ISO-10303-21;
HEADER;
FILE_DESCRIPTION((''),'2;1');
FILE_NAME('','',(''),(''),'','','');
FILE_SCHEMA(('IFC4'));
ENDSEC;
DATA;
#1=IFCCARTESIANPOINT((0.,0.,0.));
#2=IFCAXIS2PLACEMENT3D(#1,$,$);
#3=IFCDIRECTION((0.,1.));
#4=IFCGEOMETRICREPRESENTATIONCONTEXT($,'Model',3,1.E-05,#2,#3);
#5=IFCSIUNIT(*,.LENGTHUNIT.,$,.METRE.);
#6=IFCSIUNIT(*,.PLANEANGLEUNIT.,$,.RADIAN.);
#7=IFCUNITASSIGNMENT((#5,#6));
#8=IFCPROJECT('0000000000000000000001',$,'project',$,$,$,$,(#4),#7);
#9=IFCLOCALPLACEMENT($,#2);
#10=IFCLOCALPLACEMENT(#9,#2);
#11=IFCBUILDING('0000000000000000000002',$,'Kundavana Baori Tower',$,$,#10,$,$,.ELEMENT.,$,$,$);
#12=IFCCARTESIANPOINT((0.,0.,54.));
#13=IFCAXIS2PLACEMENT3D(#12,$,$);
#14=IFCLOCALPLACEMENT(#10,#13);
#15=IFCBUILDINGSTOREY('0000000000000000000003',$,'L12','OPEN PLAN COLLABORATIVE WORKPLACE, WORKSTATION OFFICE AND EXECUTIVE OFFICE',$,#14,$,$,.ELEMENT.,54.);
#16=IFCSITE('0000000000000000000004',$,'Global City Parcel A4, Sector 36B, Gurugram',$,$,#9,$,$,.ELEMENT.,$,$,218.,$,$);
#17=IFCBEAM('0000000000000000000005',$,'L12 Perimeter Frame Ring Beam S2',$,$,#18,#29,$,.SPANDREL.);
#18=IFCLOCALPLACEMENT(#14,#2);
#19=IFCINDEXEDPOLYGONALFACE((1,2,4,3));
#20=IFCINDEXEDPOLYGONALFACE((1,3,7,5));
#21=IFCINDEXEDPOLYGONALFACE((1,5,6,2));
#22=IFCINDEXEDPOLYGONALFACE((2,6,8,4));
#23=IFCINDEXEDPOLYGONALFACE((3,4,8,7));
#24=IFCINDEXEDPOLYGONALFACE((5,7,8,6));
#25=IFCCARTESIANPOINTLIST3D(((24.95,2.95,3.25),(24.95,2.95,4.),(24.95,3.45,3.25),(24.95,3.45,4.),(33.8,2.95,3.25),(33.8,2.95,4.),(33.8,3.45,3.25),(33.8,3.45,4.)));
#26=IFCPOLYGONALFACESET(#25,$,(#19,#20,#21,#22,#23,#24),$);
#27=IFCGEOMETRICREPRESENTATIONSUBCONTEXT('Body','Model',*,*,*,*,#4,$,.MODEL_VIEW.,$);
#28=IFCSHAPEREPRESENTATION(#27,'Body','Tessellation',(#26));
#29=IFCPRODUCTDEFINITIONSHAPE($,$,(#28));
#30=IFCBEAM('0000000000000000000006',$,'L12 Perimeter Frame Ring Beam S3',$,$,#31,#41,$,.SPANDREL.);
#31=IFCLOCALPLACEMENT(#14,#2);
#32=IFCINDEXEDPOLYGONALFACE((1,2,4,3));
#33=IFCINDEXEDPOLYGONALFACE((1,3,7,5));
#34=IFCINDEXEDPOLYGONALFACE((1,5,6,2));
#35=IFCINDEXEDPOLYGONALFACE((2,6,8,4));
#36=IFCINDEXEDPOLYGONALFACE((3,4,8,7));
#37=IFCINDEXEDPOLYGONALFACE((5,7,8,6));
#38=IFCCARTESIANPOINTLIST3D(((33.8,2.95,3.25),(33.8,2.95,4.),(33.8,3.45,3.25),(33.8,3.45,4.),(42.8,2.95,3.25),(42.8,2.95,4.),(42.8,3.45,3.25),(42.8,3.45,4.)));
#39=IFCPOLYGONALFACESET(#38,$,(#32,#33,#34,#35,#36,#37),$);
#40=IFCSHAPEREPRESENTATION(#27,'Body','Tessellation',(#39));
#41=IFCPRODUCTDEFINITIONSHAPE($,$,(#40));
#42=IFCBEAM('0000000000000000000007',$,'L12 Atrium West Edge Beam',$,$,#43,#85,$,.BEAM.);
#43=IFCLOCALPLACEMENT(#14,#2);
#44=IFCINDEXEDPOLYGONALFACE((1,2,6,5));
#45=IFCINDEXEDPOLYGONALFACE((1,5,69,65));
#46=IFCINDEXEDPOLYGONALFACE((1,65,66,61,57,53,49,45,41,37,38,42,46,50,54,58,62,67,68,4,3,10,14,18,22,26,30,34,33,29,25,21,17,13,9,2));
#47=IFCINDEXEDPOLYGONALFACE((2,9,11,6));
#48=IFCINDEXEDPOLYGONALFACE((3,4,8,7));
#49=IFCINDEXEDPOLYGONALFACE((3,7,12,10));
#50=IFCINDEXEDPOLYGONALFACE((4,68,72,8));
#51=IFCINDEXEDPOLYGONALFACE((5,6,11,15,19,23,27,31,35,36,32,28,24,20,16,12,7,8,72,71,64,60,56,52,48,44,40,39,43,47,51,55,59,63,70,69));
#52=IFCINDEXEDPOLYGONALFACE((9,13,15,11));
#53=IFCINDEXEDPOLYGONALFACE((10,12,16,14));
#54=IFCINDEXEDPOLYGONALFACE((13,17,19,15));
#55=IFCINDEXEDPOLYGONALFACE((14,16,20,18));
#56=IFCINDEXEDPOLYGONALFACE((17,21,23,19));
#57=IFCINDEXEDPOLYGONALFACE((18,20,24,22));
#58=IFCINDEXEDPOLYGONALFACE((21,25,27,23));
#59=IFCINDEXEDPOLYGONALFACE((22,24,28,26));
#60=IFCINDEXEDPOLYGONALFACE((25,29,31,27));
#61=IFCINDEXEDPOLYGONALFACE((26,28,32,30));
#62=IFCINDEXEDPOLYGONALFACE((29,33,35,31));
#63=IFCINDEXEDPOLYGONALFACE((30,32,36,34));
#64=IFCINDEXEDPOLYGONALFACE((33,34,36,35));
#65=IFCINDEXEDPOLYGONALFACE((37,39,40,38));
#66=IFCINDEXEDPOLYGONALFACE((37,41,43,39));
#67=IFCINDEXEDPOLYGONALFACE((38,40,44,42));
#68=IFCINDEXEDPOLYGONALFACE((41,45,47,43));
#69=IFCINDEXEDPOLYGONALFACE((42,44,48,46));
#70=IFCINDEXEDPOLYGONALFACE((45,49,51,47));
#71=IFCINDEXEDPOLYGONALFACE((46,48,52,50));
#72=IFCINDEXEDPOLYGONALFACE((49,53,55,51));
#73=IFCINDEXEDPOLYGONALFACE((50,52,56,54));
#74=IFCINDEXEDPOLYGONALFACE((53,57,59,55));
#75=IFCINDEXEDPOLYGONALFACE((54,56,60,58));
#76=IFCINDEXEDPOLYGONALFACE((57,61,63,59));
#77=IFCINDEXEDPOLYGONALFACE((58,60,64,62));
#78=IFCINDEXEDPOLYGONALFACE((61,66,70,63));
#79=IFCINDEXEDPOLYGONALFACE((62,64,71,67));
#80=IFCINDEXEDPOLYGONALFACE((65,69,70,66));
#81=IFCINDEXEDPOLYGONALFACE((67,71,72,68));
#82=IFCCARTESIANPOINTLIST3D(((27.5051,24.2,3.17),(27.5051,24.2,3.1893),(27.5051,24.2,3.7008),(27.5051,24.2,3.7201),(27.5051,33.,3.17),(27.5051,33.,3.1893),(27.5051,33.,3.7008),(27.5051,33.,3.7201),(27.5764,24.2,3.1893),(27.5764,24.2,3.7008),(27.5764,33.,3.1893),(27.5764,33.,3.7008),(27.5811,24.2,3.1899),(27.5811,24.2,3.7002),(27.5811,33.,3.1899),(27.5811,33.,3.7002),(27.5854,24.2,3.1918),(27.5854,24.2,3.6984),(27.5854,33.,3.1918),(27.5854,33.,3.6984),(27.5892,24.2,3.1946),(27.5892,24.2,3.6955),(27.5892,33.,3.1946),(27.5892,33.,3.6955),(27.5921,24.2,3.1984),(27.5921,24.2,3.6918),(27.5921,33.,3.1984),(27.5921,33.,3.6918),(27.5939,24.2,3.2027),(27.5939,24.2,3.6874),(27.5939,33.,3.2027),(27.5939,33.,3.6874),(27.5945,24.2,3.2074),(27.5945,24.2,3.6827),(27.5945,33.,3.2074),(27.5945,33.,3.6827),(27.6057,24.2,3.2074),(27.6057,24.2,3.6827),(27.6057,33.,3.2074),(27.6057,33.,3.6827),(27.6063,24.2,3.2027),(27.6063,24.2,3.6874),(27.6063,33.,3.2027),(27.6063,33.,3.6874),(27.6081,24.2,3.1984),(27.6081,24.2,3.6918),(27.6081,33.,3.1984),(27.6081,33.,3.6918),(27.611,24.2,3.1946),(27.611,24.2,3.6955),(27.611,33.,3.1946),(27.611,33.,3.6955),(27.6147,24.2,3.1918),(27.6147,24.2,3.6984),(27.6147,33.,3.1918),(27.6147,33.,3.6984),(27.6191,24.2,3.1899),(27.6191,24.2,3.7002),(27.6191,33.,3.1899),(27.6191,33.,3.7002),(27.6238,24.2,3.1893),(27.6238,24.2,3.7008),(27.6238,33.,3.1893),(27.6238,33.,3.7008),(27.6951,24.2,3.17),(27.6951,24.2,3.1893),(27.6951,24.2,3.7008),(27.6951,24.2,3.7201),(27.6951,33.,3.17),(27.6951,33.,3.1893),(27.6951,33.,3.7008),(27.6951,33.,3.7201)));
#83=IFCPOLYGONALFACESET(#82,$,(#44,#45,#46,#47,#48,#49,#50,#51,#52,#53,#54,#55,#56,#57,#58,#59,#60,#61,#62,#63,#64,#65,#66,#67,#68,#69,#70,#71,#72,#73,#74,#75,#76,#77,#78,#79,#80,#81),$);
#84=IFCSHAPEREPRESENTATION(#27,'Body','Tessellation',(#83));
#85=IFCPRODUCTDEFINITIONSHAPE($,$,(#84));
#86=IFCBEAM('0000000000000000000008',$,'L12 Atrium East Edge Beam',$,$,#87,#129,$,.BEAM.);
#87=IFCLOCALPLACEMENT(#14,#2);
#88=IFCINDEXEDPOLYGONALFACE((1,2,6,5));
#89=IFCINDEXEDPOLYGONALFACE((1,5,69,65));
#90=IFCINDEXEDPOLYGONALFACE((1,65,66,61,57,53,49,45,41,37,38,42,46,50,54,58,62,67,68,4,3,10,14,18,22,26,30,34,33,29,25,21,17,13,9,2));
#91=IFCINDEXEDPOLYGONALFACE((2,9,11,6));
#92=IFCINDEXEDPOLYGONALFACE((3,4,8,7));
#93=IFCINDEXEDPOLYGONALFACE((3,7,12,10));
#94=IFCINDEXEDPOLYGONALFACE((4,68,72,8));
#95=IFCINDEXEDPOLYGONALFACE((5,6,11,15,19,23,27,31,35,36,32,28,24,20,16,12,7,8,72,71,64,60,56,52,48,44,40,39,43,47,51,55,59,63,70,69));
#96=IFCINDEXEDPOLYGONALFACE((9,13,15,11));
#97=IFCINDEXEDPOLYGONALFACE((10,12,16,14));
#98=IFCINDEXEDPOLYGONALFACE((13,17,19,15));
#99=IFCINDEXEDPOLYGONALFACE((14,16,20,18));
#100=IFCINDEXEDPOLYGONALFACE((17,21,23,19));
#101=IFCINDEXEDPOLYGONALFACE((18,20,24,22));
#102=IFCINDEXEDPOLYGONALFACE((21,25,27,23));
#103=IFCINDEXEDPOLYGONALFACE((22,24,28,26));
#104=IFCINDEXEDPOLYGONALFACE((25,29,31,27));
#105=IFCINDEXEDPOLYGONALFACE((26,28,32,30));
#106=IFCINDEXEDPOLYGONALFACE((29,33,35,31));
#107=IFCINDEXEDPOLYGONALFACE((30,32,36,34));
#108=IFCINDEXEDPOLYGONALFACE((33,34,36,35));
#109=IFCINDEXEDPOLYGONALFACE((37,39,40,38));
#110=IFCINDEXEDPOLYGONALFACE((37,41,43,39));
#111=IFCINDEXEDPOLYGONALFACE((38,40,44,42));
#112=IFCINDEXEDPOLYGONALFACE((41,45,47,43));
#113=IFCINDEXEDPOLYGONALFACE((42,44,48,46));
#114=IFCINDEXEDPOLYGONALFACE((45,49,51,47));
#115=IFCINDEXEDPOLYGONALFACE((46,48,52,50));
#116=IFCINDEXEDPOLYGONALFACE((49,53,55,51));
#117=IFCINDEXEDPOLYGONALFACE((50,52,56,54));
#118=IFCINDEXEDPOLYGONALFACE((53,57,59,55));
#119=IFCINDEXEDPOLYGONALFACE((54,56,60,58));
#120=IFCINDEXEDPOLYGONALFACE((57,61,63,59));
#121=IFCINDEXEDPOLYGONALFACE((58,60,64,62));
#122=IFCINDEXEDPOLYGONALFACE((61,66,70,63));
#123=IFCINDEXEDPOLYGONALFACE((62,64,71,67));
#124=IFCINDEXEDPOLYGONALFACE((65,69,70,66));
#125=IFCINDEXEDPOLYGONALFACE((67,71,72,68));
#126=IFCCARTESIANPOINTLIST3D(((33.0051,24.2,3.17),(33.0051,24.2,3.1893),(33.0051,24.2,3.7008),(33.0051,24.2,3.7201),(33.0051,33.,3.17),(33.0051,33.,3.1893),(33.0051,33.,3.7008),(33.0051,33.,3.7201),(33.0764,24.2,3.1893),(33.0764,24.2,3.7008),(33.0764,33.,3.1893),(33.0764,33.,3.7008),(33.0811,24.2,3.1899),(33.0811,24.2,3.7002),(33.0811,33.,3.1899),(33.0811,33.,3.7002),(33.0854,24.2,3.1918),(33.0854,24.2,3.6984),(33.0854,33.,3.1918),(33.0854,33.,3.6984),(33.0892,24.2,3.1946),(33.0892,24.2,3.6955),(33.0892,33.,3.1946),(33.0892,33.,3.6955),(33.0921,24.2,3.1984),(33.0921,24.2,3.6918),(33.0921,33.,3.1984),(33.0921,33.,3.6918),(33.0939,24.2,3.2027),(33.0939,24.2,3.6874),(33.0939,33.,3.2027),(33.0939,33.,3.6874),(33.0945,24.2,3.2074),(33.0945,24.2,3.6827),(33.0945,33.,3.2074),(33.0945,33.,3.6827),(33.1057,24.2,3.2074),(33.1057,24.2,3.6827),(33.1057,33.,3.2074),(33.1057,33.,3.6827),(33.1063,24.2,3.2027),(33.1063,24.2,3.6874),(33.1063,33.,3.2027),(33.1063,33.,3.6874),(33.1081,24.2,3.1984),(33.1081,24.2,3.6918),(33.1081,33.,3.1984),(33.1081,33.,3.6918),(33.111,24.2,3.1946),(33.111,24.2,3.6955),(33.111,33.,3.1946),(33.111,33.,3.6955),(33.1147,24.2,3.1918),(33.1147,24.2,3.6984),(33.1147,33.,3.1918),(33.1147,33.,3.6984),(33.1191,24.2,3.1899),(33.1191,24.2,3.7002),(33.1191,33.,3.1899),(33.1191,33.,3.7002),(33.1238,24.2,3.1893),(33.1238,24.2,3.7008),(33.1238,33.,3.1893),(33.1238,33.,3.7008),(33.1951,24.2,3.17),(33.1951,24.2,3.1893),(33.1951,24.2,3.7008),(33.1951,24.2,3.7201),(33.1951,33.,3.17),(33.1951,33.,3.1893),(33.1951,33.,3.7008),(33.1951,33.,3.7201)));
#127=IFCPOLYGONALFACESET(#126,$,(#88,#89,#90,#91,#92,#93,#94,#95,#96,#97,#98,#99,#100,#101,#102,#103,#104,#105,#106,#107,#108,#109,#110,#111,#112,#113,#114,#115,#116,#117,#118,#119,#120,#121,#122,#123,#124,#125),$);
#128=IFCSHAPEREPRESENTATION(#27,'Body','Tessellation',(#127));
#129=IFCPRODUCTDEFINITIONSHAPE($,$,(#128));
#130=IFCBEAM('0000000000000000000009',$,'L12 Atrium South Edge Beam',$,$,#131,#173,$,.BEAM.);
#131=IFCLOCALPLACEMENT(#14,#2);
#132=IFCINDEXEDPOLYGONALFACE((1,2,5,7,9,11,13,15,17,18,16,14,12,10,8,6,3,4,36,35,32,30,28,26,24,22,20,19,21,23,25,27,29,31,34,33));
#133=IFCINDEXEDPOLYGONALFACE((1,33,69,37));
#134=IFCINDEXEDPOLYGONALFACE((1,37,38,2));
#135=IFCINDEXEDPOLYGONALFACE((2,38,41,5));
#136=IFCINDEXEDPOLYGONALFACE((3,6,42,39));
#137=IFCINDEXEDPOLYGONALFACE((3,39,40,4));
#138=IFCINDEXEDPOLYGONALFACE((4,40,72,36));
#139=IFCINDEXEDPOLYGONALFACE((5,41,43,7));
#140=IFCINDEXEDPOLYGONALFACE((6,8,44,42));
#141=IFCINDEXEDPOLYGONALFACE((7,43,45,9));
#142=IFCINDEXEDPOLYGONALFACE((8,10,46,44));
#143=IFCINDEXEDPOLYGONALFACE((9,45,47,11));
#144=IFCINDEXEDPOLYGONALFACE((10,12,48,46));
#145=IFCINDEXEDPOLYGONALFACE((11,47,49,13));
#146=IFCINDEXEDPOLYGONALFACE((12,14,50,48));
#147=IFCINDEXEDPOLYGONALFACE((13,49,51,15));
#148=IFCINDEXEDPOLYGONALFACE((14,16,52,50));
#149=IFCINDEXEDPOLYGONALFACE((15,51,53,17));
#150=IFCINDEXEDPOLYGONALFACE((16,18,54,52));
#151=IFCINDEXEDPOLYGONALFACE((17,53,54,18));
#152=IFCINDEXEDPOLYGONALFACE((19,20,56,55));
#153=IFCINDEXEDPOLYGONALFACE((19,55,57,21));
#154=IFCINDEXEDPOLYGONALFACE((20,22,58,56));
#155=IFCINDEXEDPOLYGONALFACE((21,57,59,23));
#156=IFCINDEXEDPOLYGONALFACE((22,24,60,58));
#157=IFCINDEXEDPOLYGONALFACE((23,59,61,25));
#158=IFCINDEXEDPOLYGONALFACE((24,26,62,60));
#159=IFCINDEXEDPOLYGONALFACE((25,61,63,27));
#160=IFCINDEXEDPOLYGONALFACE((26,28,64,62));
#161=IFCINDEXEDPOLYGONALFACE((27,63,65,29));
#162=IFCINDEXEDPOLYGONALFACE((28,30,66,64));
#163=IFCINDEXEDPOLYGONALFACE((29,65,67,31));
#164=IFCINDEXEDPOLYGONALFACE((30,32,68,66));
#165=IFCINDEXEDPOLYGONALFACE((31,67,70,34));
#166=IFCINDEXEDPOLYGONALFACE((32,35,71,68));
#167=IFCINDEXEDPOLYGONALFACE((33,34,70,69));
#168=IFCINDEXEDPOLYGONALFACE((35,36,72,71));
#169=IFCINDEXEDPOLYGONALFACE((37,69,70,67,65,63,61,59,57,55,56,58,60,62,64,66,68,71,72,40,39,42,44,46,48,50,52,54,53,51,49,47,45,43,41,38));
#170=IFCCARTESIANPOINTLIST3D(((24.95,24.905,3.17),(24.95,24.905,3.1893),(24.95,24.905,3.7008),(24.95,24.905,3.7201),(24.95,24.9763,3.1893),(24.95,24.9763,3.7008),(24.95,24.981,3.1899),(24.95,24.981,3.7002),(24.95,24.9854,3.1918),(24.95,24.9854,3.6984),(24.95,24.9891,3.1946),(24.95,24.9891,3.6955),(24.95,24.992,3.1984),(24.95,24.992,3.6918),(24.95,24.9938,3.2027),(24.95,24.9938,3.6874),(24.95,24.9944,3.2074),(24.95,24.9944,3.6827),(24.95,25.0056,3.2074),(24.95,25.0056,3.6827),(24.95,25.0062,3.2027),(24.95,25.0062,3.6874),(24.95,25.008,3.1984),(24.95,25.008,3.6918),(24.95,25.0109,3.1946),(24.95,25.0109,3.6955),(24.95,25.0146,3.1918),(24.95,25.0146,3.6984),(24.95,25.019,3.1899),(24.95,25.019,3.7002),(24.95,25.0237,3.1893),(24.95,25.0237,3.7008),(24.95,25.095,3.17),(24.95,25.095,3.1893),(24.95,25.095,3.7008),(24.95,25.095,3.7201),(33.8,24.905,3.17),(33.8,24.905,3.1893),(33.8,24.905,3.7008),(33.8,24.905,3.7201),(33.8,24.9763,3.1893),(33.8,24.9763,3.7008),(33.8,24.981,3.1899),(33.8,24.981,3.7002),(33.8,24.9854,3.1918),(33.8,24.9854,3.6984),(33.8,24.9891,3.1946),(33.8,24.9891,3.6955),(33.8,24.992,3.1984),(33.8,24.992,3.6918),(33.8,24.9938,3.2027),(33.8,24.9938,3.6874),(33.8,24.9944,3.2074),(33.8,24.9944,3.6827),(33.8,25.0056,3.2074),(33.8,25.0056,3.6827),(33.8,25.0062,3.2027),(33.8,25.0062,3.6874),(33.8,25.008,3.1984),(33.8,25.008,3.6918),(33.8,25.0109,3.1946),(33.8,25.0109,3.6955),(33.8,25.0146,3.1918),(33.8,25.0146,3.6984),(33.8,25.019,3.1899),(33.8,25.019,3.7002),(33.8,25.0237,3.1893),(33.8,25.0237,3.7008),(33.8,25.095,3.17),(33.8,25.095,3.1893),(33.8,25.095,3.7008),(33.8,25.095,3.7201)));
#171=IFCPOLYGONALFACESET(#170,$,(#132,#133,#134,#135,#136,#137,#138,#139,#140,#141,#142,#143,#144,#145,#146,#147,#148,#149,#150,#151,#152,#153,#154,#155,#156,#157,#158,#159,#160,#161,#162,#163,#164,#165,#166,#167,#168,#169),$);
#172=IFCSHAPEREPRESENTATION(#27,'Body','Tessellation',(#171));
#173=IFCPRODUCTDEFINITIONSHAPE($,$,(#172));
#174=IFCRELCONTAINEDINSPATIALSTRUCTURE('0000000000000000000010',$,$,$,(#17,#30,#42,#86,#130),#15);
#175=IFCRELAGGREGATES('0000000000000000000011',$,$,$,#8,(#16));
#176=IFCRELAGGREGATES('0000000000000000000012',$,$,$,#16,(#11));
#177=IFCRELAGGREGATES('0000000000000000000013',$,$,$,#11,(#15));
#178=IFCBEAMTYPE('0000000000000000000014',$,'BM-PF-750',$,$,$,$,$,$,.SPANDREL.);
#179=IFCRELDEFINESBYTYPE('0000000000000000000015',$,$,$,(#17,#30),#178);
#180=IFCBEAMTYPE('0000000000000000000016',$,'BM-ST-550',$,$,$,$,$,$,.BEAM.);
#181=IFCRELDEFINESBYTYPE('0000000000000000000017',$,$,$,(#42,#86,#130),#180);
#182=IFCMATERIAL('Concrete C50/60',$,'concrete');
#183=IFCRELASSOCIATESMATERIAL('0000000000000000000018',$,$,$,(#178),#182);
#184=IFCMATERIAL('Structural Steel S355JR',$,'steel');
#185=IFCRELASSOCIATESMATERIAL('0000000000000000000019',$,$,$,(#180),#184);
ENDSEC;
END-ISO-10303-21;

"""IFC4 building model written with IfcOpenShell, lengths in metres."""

from ifc_helpers import new_model, si_unit, direction, frame, origin, origin_2d, place, context, subcontext, project, spatial, rectangle, i_section, extrude, material, material_profile, profile_set, type_object, element, save


model = new_model("IFC4")

# Units and contexts
model_context = context("Model", 3, precision=1e-05, world=origin(), true_north=direction((0.0, 1.0)))
body_context = subcontext(model_context, "Body", "Model", "MODEL_VIEW")
ifc_project = project(units=[si_unit("LENGTHUNIT", "METRE"), si_unit("PLANEANGLEUNIT", "RADIAN")], contexts=[model_context])

# Site, building, storey
site_placement = place(None, origin())
site = spatial("IfcSite", under=ifc_project, at=site_placement, Name="Global City Parcel A4, Sector 36B, Gurugram", CompositionType="ELEMENT", RefElevation=218.0)
building_placement = place(site_placement, origin())
building = spatial("IfcBuilding", under=site, at=building_placement, Name="Kundavana Baori Tower", CompositionType="ELEMENT")
storey_placement = place(building_placement, frame((0.0, 0.0, 54.0)))
storey = spatial("IfcBuildingStorey", under=building, at=storey_placement, Name="L12", Description="OPEN PLAN COLLABORATIVE WORKPLACE, WORKSTATION OFFICE AND EXECUTIVE OFFICE", CompositionType="ELEMENT", Elevation=54.0)

# Beams
ifc_material_1 = material(Name="Concrete C50/60", Category="concrete")
ifc_material_profile_1 = material_profile(ifc_material_1, rectangle(XDim=0.5, YDim=0.75, at=origin_2d()), Name="RC BM 500x750")
ifc_profile_set_1 = profile_set([ifc_material_profile_1], Name="Concrete C50/60")
beam_type_1 = type_object("IfcBeamType", Name="BM-PF-750", PredefinedType="SPANDREL", material=ifc_profile_set_1)
beam_1_placement = place(storey_placement, frame((24.95, 3.2, 3.625), z_axis=(1.0, 0.0, 0.0), x_axis=(0.0, 1.0, 0.0)))
element("IfcBeam", 1, at=beam_1_placement, inside=storey, type_object=beam_type_1, Name="L12 Perimeter Frame Ring Beam S2", PredefinedType="SPANDREL", context=body_context, shape_type="SweptSolid", body=[
    extrude(rectangle(XDim=0.5, YDim=0.75, at=origin_2d()), origin(), (0.0, 0.0, 1.0), 8.8501),
])
beam_2_placement = place(storey_placement, frame((33.8, 3.2, 3.625), z_axis=(1.0, 0.0, 0.0), x_axis=(0.0, 1.0, 0.0)))
element("IfcBeam", 2, at=beam_2_placement, inside=storey, type_object=beam_type_1, Name="L12 Perimeter Frame Ring Beam S3", PredefinedType="SPANDREL", context=body_context, shape_type="SweptSolid", body=[
    extrude(rectangle(XDim=0.5, YDim=0.75, at=origin_2d()), origin(), (0.0, 0.0, 1.0), 9.0),
])
ifc_material_2 = material(Name="Structural Steel S355JR", Category="steel")
ifc_material_profile_2 = material_profile(ifc_material_2, i_section(OverallWidth=0.1899, OverallDepth=0.55, WebThickness=0.0112, FlangeThickness=0.0193, FilletRadius=0.0181, at=origin_2d()), Name="ISMB 550")
ifc_profile_set_2 = profile_set([ifc_material_profile_2], Name="Structural Steel S355JR")
beam_type_2 = type_object("IfcBeamType", Name="BM-ST-550", PredefinedType="BEAM", material=ifc_profile_set_2)
for number, where, z_axis, x_axis, name in (
    (3, (27.6001, 24.2, 3.4451), (0.0, 1.0, 0.0), (-1.0, 0.0, 0.0), "L12 Atrium West Edge Beam"),
    (4, (33.1001, 24.2, 3.4451), (0.0, 1.0, 0.0), (-1.0, 0.0, 0.0), "L12 Atrium East Edge Beam"),
):
    element("IfcBeam", number, at=place(storey_placement, frame(where, z_axis=z_axis, x_axis=x_axis)), inside=storey, type_object=beam_type_2, Name=name, PredefinedType="BEAM", context=body_context, shape_type="SweptSolid", body=[
        extrude(i_section(OverallWidth=0.1899, OverallDepth=0.55, WebThickness=0.0112, FlangeThickness=0.0193, FilletRadius=0.0181, at=origin_2d()), origin(), (0.0, 0.0, 1.0), 8.8),
    ])
beam_3_placement = place(storey_placement, frame((24.95, 25.0, 3.4451), z_axis=(1.0, 0.0, 0.0), x_axis=(0.0, 1.0, 0.0)))
element("IfcBeam", 5, at=beam_3_placement, inside=storey, type_object=beam_type_2, Name="L12 Atrium South Edge Beam", PredefinedType="BEAM", context=body_context, shape_type="SweptSolid", body=[
    extrude(i_section(OverallWidth=0.1899, OverallDepth=0.55, WebThickness=0.0112, FlangeThickness=0.0193, FilletRadius=0.0181, at=origin_2d()), origin(), (0.0, 0.0, 1.0), 8.8501),
])

save(model, "model.ifc")
